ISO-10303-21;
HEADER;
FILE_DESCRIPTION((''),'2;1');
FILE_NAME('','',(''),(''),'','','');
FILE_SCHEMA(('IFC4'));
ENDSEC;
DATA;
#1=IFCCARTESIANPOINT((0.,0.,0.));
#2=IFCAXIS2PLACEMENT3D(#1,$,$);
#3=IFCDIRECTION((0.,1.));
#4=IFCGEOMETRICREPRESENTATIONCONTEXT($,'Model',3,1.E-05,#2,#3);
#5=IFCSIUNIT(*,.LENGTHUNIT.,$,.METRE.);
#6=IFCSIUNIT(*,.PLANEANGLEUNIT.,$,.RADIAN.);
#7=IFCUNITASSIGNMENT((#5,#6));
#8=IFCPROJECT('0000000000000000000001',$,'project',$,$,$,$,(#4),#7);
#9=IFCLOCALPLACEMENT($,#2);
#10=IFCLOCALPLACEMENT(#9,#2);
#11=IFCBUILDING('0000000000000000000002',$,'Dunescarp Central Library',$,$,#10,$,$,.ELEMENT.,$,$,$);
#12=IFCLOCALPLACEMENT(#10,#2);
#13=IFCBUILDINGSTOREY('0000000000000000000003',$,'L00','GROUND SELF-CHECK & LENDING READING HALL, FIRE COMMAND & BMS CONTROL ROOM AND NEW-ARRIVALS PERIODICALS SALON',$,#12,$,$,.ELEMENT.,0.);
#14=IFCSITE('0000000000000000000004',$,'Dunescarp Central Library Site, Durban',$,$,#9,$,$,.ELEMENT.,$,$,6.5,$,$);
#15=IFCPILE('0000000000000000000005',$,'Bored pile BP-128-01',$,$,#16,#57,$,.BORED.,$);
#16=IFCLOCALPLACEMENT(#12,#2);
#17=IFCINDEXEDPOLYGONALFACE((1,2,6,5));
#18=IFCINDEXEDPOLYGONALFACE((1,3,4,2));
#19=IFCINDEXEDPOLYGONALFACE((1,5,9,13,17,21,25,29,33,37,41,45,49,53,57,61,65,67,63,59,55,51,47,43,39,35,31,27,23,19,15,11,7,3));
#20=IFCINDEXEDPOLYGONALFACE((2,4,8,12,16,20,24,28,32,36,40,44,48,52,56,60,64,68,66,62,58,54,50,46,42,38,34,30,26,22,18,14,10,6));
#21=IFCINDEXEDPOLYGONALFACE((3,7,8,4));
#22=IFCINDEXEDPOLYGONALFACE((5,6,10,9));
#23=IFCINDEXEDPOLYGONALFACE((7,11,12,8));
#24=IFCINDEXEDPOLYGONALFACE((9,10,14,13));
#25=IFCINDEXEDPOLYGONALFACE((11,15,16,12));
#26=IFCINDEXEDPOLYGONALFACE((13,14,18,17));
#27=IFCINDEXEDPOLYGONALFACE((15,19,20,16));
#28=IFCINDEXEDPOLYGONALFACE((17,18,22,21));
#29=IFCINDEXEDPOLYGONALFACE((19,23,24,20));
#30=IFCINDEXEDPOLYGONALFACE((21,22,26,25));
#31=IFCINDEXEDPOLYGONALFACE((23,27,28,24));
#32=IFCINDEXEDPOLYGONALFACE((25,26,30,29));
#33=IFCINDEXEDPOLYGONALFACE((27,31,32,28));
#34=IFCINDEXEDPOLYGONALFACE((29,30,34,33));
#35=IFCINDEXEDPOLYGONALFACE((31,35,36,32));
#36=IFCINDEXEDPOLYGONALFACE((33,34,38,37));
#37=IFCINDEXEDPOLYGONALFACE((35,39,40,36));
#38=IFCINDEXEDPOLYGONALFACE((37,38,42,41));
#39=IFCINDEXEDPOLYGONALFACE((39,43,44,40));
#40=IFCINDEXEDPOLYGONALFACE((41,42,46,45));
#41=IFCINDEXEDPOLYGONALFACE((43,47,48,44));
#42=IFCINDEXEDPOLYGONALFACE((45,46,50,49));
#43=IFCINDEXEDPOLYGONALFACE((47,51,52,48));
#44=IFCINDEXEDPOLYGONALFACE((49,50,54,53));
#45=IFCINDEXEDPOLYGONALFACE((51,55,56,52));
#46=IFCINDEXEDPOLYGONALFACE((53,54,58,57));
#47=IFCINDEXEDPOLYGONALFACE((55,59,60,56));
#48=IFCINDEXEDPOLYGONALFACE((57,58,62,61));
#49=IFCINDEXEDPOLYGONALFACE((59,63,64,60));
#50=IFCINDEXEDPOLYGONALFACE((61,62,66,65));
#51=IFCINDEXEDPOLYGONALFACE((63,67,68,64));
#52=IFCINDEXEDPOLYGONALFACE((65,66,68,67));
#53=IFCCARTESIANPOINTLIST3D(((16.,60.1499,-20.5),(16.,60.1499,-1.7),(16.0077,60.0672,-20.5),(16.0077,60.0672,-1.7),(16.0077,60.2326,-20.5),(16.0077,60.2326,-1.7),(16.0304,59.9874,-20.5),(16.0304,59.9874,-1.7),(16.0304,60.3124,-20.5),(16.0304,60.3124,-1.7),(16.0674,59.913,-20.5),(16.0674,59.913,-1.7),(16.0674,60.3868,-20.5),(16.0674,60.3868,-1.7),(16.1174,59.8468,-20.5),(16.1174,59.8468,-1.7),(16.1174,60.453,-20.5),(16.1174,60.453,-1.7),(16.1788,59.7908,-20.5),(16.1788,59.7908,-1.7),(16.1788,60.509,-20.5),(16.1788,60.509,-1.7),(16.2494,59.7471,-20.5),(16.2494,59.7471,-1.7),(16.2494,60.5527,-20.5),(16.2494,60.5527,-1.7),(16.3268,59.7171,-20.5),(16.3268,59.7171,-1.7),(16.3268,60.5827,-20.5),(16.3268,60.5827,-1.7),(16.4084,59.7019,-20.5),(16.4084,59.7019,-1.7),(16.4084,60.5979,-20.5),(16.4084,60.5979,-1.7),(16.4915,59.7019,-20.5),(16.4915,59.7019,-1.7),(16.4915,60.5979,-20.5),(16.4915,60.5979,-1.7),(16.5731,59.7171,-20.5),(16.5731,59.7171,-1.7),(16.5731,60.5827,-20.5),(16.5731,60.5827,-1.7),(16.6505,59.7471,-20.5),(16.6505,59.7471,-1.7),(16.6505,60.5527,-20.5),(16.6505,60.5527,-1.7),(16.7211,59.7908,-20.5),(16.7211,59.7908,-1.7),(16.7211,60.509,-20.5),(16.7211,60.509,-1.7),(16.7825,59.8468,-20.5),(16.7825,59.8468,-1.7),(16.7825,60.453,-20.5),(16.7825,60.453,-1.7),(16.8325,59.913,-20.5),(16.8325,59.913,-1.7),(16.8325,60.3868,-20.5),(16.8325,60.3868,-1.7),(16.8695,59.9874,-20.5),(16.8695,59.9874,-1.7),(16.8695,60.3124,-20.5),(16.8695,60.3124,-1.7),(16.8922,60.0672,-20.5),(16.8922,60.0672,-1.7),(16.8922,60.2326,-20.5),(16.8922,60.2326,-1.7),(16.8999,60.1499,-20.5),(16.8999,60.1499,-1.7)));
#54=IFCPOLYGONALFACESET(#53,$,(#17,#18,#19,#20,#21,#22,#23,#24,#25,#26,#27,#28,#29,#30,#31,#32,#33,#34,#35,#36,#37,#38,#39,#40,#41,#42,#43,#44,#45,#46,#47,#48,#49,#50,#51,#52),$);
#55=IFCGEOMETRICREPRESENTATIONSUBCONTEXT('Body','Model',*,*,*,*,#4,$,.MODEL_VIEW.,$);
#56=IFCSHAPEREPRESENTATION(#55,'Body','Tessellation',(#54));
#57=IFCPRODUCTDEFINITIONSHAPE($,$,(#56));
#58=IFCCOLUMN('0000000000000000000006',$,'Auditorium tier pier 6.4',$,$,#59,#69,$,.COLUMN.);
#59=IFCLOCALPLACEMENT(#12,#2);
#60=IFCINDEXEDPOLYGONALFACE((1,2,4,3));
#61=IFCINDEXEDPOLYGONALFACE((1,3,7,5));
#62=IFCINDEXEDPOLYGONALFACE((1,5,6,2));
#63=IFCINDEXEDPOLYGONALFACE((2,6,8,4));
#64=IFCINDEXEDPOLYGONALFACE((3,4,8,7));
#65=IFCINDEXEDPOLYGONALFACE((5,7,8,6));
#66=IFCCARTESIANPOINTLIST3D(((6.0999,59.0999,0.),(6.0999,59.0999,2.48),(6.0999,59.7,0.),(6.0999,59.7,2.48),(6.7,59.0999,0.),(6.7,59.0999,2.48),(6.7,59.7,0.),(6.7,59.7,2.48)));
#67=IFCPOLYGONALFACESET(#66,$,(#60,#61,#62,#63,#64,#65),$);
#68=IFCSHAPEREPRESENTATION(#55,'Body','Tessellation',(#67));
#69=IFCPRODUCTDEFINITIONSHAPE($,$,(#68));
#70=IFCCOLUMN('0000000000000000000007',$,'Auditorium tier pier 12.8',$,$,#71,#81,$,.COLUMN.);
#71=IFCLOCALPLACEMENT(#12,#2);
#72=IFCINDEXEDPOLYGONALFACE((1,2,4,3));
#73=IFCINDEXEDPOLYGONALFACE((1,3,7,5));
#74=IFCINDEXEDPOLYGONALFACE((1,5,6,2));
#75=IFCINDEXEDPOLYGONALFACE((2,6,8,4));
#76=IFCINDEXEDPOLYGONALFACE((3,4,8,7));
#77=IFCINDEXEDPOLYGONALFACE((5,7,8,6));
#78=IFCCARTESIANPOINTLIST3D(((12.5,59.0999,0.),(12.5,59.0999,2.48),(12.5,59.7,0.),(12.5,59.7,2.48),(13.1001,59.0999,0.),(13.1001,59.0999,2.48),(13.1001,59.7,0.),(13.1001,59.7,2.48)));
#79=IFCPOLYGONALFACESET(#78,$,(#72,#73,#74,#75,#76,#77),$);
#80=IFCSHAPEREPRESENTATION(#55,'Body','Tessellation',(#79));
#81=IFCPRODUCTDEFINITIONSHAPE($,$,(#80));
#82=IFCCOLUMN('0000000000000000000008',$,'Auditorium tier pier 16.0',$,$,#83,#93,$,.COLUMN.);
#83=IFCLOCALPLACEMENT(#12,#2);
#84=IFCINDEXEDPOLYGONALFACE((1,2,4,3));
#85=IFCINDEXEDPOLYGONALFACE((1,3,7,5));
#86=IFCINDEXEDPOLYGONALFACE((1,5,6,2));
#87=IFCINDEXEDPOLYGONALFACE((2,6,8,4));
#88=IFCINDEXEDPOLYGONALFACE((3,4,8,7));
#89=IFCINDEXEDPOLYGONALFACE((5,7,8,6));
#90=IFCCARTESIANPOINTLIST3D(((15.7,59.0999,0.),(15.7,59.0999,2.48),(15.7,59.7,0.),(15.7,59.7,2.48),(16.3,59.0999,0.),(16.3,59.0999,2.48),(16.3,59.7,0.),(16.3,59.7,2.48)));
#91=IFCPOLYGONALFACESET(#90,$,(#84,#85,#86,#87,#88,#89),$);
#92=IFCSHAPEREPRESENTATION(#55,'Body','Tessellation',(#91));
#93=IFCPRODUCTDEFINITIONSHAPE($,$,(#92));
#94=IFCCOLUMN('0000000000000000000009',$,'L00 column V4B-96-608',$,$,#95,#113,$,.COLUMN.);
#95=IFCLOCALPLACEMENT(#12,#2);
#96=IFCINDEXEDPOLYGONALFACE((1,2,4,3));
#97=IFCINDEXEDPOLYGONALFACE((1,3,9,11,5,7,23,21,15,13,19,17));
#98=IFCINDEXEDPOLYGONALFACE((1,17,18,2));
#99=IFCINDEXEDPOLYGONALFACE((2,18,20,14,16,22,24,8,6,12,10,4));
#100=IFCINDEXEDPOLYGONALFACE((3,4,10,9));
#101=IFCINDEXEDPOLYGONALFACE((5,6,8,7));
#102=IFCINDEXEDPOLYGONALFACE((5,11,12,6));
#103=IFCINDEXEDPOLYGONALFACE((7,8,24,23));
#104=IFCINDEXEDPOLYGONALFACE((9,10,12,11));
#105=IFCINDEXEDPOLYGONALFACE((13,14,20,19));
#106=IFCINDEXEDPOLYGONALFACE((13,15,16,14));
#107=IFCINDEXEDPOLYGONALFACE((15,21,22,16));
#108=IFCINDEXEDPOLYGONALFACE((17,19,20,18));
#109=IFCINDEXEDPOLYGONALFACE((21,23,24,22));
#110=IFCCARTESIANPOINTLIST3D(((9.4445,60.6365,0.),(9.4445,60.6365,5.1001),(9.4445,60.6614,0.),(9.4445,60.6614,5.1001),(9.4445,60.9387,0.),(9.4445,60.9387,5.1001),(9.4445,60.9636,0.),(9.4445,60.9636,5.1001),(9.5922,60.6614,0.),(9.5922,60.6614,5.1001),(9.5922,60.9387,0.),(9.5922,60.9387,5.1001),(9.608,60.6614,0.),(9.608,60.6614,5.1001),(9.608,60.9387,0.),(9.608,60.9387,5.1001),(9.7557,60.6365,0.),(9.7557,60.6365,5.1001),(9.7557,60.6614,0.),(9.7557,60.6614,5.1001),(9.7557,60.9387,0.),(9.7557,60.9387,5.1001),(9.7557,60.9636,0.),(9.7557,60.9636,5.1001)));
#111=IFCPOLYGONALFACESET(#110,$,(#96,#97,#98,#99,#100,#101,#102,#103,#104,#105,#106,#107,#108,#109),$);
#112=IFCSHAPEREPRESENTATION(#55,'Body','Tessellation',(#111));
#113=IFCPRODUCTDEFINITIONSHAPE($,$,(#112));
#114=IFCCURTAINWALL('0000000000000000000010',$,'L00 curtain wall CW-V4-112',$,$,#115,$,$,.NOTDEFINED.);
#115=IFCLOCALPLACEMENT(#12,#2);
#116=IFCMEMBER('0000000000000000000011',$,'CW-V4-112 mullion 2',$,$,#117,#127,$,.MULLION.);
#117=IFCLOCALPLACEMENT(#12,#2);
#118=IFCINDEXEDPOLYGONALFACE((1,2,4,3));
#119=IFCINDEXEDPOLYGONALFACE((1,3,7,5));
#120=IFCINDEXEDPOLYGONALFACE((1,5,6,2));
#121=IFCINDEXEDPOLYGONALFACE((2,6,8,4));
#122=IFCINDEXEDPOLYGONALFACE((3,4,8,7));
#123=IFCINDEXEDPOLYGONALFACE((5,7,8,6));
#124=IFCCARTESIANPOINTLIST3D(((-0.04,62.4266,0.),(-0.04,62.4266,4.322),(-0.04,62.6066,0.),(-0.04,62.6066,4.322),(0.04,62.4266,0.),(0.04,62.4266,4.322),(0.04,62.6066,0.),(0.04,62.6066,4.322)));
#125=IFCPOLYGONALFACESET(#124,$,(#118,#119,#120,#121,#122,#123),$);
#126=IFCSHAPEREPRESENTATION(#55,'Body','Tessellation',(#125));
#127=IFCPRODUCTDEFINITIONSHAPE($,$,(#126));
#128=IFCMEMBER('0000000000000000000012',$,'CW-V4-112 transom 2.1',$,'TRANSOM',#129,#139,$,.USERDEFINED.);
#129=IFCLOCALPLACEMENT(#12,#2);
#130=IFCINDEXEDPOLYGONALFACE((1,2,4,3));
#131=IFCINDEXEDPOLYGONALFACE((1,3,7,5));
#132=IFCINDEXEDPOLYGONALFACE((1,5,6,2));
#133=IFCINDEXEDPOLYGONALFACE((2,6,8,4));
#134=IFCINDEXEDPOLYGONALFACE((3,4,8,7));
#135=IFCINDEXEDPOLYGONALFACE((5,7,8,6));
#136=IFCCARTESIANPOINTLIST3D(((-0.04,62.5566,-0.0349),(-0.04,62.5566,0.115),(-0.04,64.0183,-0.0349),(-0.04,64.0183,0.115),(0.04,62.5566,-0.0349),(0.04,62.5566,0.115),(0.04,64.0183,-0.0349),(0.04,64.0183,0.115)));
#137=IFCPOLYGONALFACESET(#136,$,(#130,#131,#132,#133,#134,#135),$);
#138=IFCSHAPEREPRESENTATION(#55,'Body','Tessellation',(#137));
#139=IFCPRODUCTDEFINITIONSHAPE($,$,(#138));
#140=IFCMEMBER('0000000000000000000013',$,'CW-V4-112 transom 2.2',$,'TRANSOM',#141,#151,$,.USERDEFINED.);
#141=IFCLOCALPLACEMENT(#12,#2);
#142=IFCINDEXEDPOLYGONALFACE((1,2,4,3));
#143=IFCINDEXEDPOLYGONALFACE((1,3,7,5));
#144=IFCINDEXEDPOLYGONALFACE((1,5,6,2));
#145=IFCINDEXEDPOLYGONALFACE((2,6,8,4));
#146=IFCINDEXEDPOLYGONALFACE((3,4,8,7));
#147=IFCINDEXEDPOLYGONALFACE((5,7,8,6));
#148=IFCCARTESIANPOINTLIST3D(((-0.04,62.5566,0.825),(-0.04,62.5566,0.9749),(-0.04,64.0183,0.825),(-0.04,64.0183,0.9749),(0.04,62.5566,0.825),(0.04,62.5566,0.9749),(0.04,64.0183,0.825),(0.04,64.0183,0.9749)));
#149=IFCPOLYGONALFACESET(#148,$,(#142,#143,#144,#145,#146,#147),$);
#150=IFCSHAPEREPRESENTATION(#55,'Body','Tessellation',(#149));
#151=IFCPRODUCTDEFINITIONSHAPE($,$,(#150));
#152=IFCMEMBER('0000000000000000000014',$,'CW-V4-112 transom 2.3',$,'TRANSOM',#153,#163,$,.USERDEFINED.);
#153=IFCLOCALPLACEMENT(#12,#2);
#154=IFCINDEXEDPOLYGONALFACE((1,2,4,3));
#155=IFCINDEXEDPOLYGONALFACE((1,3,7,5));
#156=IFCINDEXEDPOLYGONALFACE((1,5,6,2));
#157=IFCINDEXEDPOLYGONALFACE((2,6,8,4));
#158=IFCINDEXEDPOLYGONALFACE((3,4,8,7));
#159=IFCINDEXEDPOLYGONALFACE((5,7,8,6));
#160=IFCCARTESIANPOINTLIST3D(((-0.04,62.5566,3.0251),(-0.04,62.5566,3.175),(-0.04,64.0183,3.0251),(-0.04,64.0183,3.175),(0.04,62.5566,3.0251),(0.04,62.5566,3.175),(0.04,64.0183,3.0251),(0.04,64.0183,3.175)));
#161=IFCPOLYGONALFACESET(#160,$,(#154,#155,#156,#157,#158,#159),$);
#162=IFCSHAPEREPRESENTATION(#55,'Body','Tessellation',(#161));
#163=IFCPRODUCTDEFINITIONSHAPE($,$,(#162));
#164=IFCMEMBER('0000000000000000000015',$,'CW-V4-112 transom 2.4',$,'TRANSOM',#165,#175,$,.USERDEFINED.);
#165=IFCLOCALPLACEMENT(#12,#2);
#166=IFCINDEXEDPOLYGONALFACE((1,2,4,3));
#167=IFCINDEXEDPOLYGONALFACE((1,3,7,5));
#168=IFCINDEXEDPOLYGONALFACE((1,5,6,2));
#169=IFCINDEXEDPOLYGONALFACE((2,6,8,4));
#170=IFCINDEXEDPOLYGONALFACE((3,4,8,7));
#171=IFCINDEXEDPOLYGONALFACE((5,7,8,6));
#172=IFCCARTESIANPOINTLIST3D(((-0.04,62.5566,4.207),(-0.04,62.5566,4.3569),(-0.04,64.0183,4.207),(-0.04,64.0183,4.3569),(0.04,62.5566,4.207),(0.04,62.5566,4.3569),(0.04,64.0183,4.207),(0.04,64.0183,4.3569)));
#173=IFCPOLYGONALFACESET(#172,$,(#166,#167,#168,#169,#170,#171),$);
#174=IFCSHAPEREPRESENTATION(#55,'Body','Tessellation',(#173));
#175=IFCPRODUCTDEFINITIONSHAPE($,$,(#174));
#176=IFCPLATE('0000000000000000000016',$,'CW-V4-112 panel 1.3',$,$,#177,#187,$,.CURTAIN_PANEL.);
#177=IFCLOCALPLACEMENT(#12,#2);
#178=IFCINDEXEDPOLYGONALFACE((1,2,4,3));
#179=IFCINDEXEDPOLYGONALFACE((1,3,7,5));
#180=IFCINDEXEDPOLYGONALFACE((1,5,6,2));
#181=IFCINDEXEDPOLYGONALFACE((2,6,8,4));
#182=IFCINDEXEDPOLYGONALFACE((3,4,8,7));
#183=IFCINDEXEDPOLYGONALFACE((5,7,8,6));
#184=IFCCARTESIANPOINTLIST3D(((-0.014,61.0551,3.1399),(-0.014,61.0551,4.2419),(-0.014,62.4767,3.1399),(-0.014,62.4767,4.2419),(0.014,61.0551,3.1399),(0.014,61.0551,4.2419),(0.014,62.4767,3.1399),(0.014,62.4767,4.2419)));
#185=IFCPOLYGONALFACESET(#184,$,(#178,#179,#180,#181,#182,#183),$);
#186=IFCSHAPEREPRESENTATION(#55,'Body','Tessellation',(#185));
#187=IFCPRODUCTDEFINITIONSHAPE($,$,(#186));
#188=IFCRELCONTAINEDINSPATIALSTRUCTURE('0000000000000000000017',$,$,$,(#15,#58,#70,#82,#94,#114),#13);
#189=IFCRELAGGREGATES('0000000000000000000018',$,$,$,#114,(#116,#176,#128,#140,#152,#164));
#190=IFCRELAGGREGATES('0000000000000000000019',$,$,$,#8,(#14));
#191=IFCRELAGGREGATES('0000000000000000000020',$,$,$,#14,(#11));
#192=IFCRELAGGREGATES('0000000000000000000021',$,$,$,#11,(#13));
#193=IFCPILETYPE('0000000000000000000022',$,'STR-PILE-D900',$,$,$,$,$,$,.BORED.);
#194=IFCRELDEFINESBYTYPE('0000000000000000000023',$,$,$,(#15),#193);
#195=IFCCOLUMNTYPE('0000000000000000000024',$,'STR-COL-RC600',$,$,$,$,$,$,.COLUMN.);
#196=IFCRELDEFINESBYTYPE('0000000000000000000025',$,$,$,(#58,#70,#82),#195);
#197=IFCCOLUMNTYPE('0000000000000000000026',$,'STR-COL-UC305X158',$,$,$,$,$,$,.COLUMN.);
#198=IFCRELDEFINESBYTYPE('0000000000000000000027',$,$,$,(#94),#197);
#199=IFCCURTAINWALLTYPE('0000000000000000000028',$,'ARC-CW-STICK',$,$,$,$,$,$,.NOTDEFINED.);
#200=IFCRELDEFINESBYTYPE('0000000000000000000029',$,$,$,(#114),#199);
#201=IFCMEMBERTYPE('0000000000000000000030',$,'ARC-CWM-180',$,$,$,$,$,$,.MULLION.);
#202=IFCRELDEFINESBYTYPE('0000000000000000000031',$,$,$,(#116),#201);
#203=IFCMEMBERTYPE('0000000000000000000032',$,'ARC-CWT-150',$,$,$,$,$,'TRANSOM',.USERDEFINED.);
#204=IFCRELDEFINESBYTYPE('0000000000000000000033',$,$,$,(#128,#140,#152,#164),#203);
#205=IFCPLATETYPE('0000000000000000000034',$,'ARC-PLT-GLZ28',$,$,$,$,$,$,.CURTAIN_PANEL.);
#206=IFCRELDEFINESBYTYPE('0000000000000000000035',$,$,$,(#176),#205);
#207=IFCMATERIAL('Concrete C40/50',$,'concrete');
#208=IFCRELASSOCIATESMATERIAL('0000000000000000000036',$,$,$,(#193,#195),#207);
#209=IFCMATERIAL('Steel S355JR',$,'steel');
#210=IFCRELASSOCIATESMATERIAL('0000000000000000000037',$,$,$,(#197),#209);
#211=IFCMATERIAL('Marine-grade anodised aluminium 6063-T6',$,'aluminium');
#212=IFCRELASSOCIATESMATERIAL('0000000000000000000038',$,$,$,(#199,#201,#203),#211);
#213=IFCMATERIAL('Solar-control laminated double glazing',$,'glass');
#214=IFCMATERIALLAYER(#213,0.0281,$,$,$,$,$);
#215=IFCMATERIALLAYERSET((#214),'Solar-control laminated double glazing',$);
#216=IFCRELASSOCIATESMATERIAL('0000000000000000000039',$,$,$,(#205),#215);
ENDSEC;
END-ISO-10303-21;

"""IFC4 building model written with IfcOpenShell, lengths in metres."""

from ifc_helpers import new_model, si_unit, direction, frame, origin, origin_2d, place, context, subcontext, project, spatial, rectangle, circle, i_section, extrude, material, layer, layer_set, material_profile, profile_set, type_object, element, aggregate, save


model = new_model("IFC4")

# Units and contexts
model_context = context("Model", 3, precision=1e-05, world=origin(), true_north=direction((0.0, 1.0)))
body_context = subcontext(model_context, "Body", "Model", "MODEL_VIEW")
ifc_project = project(units=[si_unit("LENGTHUNIT", "METRE"), si_unit("PLANEANGLEUNIT", "RADIAN")], contexts=[model_context])

# Site, building, storey
site_placement = place(None, origin())
site = spatial("IfcSite", under=ifc_project, at=site_placement, Name="Dunescarp Central Library Site, Durban", CompositionType="ELEMENT", RefElevation=6.5)
building_placement = place(site_placement, origin())
building = spatial("IfcBuilding", under=site, at=building_placement, Name="Dunescarp Central Library", CompositionType="ELEMENT")
storey_placement = place(building_placement, origin())
storey = spatial("IfcBuildingStorey", under=building, at=storey_placement, Name="L00", Description="GROUND SELF-CHECK & LENDING READING HALL, FIRE COMMAND & BMS CONTROL ROOM AND NEW-ARRIVALS PERIODICALS SALON", CompositionType="ELEMENT", Elevation=0.0)

# Shared definitions
ifc_material_1 = material(Name="Concrete C40/50", Category="concrete")

# Pile
ifc_material_profile_1 = material_profile(ifc_material_1, circle(Radius=0.45, at=origin_2d()), Name="PILE D900")
ifc_profile_set_1 = profile_set([ifc_material_profile_1], Name="Concrete C40/50")
pile_type = type_object("IfcPileType", Name="STR-PILE-D900", PredefinedType="BORED", material=ifc_profile_set_1)
for number, where, z_axis, x_axis, name in (
    (1, (16.45, 60.1499, -1.7), (0.0, 0.0, -1.0), (1.0, 0.0, 0.0), "Bored pile BP-128-01"),
):
    element("IfcPile", number, at=place(storey_placement, frame(where, z_axis=z_axis, x_axis=x_axis)), inside=storey, type_object=pile_type, Name=name, PredefinedType="BORED", context=body_context, shape_type="SweptSolid", body=[
        extrude(circle(Radius=0.45, at=origin_2d()), origin(), (0.0, 0.0, 1.0), 18.8),
    ])

# Columns
ifc_material_profile_2 = material_profile(ifc_material_1, rectangle(XDim=0.6001, YDim=0.6001, at=origin_2d()), Name="RC 600x600")
ifc_profile_set_2 = profile_set([ifc_material_profile_2], Name="Concrete C40/50")
column_type_1 = type_object("IfcColumnType", Name="STR-COL-RC600", PredefinedType="COLUMN", material=ifc_profile_set_2)
for number, where, z_axis, x_axis, name in (
    (2, (6.3999, 59.3999, 0.0), (0.0, 0.0, 1.0), (1.0, 0.0, 0.0), "Auditorium tier pier 6.4"),
    (3, (12.8, 59.3999, 0.0), (0.0, 0.0, 1.0), (1.0, 0.0, 0.0), "Auditorium tier pier 12.8"),
    (4, (16.0, 59.3999, 0.0), (0.0, 0.0, 1.0), (1.0, 0.0, 0.0), "Auditorium tier pier 16.0"),
):
    element("IfcColumn", number, at=place(storey_placement, frame(where, z_axis=z_axis, x_axis=x_axis)), inside=storey, type_object=column_type_1, Name=name, PredefinedType="COLUMN", context=body_context, shape_type="SweptSolid", body=[
        extrude(rectangle(XDim=0.6001, YDim=0.6001, at=origin_2d()), origin(), (0.0, 0.0, 1.0), 2.48),
    ])
ifc_material_2 = material(Name="Steel S355JR", Category="steel")
ifc_material_profile_3 = material_profile(ifc_material_2, i_section(OverallWidth=0.3113, OverallDepth=0.3271, WebThickness=0.0159, FlangeThickness=0.0249, at=origin_2d()), Name="UC 305x305x158")
ifc_profile_set_3 = profile_set([ifc_material_profile_3], Name="Steel S355JR")
column_type_2 = type_object("IfcColumnType", Name="STR-COL-UC305X158", PredefinedType="COLUMN", material=ifc_profile_set_3)
column_placement = place(storey_placement, frame((9.6001, 60.8, 0.0), z_axis=(0.0, 0.0, 1.0), x_axis=(1.0, 0.0, 0.0)))
element("IfcColumn", 5, at=column_placement, inside=storey, type_object=column_type_2, Name="L00 column V4B-96-608", PredefinedType="COLUMN", context=body_context, shape_type="SweptSolid", body=[
    extrude(i_section(OverallWidth=0.3113, OverallDepth=0.3271, WebThickness=0.0159, FlangeThickness=0.0249, at=origin_2d()), origin(), (0.0, 0.0, 1.0), 5.1001),
])

# Curtain wall, members, plate
ifc_material_3 = material(Name="Marine-grade anodised aluminium 6063-T6", Category="aluminium")
curtain_wall_type = type_object("IfcCurtainWallType", Name="ARC-CW-STICK", PredefinedType="NOTDEFINED", material=ifc_material_3)
curtain_wall_placement = place(storey_placement, origin())
curtain_wall = element("IfcCurtainWall", 6, at=curtain_wall_placement, inside=storey, type_object=curtain_wall_type, Name="L00 curtain wall CW-V4-112", PredefinedType="NOTDEFINED")
ifc_material_profile_4 = material_profile(ifc_material_3, rectangle(XDim=0.0801, YDim=0.1799, at=origin_2d()), Name="AL 80x180")
ifc_profile_set_4 = profile_set([ifc_material_profile_4], Name="Marine-grade anodised aluminium 6063-T6")
member_type_1 = type_object("IfcMemberType", Name="ARC-CWM-180", PredefinedType="MULLION", material=ifc_profile_set_4)
member_1_placement = place(storey_placement, frame((0.0, 62.5166, 0.0), z_axis=(0.0, 0.0, 1.0), x_axis=(-1.0, 0.0, 0.0)))
member_1 = element("IfcMember", 7, at=member_1_placement, type_object=member_type_1, Name="CW-V4-112 mullion 2", PredefinedType="MULLION", context=body_context, shape_type="SweptSolid", body=[
    extrude(rectangle(XDim=0.0801, YDim=0.1799, at=origin_2d()), origin(), (0.0, 0.0, 1.0), 4.322),
])
ifc_material_profile_5 = material_profile(ifc_material_3, rectangle(XDim=0.0801, YDim=0.1499, at=origin_2d()), Name="AL 80x150")
ifc_profile_set_5 = profile_set([ifc_material_profile_5], Name="Marine-grade anodised aluminium 6063-T6")
member_type_2 = type_object("IfcMemberType", Name="ARC-CWT-150", ElementType="TRANSOM", PredefinedType="USERDEFINED", material=ifc_profile_set_5)
member_2_placement = place(storey_placement, frame((0.0, 62.5566, 0.04), z_axis=(0.0, 1.0, 0.0), x_axis=(-1.0, 0.0, 0.0)))
member_2 = element("IfcMember", 8, at=member_2_placement, type_object=member_type_2, Name="CW-V4-112 transom 2.1", ObjectType="TRANSOM", PredefinedType="USERDEFINED", context=body_context, shape_type="SweptSolid", body=[
    extrude(rectangle(XDim=0.0801, YDim=0.1499, at=origin_2d()), origin(), (0.0, 0.0, 1.0), 1.4617),
])
member_3_placement = place(storey_placement, frame((0.0, 62.5566, 0.8999), z_axis=(0.0, 1.0, 0.0), x_axis=(-1.0, 0.0, 0.0)))
member_3 = element("IfcMember", 9, at=member_3_placement, type_object=member_type_2, Name="CW-V4-112 transom 2.2", ObjectType="TRANSOM", PredefinedType="USERDEFINED", context=body_context, shape_type="SweptSolid", body=[
    extrude(rectangle(XDim=0.0801, YDim=0.1499, at=origin_2d()), origin(), (0.0, 0.0, 1.0), 1.4617),
])
member_4_placement = place(storey_placement, frame((0.0, 62.5566, 3.1001), z_axis=(0.0, 1.0, 0.0), x_axis=(-1.0, 0.0, 0.0)))
member_4 = element("IfcMember", 10, at=member_4_placement, type_object=member_type_2, Name="CW-V4-112 transom 2.3", ObjectType="TRANSOM", PredefinedType="USERDEFINED", context=body_context, shape_type="SweptSolid", body=[
    extrude(rectangle(XDim=0.0801, YDim=0.1499, at=origin_2d()), origin(), (0.0, 0.0, 1.0), 1.4617),
])
member_5_placement = place(storey_placement, frame((0.0, 62.5566, 4.282), z_axis=(0.0, 1.0, 0.0), x_axis=(-1.0, 0.0, 0.0)))
member_5 = element("IfcMember", 11, at=member_5_placement, type_object=member_type_2, Name="CW-V4-112 transom 2.4", ObjectType="TRANSOM", PredefinedType="USERDEFINED", context=body_context, shape_type="SweptSolid", body=[
    extrude(rectangle(XDim=0.0801, YDim=0.1499, at=origin_2d()), origin(), (0.0, 0.0, 1.0), 1.4617),
])
ifc_material_4 = material(Name="Solar-control laminated double glazing", Category="glass")
ifc_layer_1 = layer(ifc_material_4, 0.0281)
ifc_layer_set_1 = layer_set([ifc_layer_1], Name="Solar-control laminated double glazing")
plate_type_1 = type_object("IfcPlateType", Name="ARC-PLT-GLZ28", PredefinedType="CURTAIN_PANEL", material=ifc_layer_set_1)
plate_1_placement = place(storey_placement, frame((0.0, 61.7659, 3.1399), z_axis=(0.0, 0.0, 1.0), x_axis=(0.0, 1.0, 0.0)))
plate_1 = element("IfcPlate", 12, at=plate_1_placement, type_object=plate_type_1, Name="CW-V4-112 panel 1.3", PredefinedType="CURTAIN_PANEL", context=body_context, shape_type="SweptSolid", body=[
    extrude(rectangle(XDim=1.4216, YDim=0.0281, at=origin_2d()), origin(), (0.0, 0.0, 1.0), 1.1021),
])
aggregate(curtain_wall, [member_1, plate_1, member_2, member_3, member_4, member_5])

save(model, "model.ifc")
